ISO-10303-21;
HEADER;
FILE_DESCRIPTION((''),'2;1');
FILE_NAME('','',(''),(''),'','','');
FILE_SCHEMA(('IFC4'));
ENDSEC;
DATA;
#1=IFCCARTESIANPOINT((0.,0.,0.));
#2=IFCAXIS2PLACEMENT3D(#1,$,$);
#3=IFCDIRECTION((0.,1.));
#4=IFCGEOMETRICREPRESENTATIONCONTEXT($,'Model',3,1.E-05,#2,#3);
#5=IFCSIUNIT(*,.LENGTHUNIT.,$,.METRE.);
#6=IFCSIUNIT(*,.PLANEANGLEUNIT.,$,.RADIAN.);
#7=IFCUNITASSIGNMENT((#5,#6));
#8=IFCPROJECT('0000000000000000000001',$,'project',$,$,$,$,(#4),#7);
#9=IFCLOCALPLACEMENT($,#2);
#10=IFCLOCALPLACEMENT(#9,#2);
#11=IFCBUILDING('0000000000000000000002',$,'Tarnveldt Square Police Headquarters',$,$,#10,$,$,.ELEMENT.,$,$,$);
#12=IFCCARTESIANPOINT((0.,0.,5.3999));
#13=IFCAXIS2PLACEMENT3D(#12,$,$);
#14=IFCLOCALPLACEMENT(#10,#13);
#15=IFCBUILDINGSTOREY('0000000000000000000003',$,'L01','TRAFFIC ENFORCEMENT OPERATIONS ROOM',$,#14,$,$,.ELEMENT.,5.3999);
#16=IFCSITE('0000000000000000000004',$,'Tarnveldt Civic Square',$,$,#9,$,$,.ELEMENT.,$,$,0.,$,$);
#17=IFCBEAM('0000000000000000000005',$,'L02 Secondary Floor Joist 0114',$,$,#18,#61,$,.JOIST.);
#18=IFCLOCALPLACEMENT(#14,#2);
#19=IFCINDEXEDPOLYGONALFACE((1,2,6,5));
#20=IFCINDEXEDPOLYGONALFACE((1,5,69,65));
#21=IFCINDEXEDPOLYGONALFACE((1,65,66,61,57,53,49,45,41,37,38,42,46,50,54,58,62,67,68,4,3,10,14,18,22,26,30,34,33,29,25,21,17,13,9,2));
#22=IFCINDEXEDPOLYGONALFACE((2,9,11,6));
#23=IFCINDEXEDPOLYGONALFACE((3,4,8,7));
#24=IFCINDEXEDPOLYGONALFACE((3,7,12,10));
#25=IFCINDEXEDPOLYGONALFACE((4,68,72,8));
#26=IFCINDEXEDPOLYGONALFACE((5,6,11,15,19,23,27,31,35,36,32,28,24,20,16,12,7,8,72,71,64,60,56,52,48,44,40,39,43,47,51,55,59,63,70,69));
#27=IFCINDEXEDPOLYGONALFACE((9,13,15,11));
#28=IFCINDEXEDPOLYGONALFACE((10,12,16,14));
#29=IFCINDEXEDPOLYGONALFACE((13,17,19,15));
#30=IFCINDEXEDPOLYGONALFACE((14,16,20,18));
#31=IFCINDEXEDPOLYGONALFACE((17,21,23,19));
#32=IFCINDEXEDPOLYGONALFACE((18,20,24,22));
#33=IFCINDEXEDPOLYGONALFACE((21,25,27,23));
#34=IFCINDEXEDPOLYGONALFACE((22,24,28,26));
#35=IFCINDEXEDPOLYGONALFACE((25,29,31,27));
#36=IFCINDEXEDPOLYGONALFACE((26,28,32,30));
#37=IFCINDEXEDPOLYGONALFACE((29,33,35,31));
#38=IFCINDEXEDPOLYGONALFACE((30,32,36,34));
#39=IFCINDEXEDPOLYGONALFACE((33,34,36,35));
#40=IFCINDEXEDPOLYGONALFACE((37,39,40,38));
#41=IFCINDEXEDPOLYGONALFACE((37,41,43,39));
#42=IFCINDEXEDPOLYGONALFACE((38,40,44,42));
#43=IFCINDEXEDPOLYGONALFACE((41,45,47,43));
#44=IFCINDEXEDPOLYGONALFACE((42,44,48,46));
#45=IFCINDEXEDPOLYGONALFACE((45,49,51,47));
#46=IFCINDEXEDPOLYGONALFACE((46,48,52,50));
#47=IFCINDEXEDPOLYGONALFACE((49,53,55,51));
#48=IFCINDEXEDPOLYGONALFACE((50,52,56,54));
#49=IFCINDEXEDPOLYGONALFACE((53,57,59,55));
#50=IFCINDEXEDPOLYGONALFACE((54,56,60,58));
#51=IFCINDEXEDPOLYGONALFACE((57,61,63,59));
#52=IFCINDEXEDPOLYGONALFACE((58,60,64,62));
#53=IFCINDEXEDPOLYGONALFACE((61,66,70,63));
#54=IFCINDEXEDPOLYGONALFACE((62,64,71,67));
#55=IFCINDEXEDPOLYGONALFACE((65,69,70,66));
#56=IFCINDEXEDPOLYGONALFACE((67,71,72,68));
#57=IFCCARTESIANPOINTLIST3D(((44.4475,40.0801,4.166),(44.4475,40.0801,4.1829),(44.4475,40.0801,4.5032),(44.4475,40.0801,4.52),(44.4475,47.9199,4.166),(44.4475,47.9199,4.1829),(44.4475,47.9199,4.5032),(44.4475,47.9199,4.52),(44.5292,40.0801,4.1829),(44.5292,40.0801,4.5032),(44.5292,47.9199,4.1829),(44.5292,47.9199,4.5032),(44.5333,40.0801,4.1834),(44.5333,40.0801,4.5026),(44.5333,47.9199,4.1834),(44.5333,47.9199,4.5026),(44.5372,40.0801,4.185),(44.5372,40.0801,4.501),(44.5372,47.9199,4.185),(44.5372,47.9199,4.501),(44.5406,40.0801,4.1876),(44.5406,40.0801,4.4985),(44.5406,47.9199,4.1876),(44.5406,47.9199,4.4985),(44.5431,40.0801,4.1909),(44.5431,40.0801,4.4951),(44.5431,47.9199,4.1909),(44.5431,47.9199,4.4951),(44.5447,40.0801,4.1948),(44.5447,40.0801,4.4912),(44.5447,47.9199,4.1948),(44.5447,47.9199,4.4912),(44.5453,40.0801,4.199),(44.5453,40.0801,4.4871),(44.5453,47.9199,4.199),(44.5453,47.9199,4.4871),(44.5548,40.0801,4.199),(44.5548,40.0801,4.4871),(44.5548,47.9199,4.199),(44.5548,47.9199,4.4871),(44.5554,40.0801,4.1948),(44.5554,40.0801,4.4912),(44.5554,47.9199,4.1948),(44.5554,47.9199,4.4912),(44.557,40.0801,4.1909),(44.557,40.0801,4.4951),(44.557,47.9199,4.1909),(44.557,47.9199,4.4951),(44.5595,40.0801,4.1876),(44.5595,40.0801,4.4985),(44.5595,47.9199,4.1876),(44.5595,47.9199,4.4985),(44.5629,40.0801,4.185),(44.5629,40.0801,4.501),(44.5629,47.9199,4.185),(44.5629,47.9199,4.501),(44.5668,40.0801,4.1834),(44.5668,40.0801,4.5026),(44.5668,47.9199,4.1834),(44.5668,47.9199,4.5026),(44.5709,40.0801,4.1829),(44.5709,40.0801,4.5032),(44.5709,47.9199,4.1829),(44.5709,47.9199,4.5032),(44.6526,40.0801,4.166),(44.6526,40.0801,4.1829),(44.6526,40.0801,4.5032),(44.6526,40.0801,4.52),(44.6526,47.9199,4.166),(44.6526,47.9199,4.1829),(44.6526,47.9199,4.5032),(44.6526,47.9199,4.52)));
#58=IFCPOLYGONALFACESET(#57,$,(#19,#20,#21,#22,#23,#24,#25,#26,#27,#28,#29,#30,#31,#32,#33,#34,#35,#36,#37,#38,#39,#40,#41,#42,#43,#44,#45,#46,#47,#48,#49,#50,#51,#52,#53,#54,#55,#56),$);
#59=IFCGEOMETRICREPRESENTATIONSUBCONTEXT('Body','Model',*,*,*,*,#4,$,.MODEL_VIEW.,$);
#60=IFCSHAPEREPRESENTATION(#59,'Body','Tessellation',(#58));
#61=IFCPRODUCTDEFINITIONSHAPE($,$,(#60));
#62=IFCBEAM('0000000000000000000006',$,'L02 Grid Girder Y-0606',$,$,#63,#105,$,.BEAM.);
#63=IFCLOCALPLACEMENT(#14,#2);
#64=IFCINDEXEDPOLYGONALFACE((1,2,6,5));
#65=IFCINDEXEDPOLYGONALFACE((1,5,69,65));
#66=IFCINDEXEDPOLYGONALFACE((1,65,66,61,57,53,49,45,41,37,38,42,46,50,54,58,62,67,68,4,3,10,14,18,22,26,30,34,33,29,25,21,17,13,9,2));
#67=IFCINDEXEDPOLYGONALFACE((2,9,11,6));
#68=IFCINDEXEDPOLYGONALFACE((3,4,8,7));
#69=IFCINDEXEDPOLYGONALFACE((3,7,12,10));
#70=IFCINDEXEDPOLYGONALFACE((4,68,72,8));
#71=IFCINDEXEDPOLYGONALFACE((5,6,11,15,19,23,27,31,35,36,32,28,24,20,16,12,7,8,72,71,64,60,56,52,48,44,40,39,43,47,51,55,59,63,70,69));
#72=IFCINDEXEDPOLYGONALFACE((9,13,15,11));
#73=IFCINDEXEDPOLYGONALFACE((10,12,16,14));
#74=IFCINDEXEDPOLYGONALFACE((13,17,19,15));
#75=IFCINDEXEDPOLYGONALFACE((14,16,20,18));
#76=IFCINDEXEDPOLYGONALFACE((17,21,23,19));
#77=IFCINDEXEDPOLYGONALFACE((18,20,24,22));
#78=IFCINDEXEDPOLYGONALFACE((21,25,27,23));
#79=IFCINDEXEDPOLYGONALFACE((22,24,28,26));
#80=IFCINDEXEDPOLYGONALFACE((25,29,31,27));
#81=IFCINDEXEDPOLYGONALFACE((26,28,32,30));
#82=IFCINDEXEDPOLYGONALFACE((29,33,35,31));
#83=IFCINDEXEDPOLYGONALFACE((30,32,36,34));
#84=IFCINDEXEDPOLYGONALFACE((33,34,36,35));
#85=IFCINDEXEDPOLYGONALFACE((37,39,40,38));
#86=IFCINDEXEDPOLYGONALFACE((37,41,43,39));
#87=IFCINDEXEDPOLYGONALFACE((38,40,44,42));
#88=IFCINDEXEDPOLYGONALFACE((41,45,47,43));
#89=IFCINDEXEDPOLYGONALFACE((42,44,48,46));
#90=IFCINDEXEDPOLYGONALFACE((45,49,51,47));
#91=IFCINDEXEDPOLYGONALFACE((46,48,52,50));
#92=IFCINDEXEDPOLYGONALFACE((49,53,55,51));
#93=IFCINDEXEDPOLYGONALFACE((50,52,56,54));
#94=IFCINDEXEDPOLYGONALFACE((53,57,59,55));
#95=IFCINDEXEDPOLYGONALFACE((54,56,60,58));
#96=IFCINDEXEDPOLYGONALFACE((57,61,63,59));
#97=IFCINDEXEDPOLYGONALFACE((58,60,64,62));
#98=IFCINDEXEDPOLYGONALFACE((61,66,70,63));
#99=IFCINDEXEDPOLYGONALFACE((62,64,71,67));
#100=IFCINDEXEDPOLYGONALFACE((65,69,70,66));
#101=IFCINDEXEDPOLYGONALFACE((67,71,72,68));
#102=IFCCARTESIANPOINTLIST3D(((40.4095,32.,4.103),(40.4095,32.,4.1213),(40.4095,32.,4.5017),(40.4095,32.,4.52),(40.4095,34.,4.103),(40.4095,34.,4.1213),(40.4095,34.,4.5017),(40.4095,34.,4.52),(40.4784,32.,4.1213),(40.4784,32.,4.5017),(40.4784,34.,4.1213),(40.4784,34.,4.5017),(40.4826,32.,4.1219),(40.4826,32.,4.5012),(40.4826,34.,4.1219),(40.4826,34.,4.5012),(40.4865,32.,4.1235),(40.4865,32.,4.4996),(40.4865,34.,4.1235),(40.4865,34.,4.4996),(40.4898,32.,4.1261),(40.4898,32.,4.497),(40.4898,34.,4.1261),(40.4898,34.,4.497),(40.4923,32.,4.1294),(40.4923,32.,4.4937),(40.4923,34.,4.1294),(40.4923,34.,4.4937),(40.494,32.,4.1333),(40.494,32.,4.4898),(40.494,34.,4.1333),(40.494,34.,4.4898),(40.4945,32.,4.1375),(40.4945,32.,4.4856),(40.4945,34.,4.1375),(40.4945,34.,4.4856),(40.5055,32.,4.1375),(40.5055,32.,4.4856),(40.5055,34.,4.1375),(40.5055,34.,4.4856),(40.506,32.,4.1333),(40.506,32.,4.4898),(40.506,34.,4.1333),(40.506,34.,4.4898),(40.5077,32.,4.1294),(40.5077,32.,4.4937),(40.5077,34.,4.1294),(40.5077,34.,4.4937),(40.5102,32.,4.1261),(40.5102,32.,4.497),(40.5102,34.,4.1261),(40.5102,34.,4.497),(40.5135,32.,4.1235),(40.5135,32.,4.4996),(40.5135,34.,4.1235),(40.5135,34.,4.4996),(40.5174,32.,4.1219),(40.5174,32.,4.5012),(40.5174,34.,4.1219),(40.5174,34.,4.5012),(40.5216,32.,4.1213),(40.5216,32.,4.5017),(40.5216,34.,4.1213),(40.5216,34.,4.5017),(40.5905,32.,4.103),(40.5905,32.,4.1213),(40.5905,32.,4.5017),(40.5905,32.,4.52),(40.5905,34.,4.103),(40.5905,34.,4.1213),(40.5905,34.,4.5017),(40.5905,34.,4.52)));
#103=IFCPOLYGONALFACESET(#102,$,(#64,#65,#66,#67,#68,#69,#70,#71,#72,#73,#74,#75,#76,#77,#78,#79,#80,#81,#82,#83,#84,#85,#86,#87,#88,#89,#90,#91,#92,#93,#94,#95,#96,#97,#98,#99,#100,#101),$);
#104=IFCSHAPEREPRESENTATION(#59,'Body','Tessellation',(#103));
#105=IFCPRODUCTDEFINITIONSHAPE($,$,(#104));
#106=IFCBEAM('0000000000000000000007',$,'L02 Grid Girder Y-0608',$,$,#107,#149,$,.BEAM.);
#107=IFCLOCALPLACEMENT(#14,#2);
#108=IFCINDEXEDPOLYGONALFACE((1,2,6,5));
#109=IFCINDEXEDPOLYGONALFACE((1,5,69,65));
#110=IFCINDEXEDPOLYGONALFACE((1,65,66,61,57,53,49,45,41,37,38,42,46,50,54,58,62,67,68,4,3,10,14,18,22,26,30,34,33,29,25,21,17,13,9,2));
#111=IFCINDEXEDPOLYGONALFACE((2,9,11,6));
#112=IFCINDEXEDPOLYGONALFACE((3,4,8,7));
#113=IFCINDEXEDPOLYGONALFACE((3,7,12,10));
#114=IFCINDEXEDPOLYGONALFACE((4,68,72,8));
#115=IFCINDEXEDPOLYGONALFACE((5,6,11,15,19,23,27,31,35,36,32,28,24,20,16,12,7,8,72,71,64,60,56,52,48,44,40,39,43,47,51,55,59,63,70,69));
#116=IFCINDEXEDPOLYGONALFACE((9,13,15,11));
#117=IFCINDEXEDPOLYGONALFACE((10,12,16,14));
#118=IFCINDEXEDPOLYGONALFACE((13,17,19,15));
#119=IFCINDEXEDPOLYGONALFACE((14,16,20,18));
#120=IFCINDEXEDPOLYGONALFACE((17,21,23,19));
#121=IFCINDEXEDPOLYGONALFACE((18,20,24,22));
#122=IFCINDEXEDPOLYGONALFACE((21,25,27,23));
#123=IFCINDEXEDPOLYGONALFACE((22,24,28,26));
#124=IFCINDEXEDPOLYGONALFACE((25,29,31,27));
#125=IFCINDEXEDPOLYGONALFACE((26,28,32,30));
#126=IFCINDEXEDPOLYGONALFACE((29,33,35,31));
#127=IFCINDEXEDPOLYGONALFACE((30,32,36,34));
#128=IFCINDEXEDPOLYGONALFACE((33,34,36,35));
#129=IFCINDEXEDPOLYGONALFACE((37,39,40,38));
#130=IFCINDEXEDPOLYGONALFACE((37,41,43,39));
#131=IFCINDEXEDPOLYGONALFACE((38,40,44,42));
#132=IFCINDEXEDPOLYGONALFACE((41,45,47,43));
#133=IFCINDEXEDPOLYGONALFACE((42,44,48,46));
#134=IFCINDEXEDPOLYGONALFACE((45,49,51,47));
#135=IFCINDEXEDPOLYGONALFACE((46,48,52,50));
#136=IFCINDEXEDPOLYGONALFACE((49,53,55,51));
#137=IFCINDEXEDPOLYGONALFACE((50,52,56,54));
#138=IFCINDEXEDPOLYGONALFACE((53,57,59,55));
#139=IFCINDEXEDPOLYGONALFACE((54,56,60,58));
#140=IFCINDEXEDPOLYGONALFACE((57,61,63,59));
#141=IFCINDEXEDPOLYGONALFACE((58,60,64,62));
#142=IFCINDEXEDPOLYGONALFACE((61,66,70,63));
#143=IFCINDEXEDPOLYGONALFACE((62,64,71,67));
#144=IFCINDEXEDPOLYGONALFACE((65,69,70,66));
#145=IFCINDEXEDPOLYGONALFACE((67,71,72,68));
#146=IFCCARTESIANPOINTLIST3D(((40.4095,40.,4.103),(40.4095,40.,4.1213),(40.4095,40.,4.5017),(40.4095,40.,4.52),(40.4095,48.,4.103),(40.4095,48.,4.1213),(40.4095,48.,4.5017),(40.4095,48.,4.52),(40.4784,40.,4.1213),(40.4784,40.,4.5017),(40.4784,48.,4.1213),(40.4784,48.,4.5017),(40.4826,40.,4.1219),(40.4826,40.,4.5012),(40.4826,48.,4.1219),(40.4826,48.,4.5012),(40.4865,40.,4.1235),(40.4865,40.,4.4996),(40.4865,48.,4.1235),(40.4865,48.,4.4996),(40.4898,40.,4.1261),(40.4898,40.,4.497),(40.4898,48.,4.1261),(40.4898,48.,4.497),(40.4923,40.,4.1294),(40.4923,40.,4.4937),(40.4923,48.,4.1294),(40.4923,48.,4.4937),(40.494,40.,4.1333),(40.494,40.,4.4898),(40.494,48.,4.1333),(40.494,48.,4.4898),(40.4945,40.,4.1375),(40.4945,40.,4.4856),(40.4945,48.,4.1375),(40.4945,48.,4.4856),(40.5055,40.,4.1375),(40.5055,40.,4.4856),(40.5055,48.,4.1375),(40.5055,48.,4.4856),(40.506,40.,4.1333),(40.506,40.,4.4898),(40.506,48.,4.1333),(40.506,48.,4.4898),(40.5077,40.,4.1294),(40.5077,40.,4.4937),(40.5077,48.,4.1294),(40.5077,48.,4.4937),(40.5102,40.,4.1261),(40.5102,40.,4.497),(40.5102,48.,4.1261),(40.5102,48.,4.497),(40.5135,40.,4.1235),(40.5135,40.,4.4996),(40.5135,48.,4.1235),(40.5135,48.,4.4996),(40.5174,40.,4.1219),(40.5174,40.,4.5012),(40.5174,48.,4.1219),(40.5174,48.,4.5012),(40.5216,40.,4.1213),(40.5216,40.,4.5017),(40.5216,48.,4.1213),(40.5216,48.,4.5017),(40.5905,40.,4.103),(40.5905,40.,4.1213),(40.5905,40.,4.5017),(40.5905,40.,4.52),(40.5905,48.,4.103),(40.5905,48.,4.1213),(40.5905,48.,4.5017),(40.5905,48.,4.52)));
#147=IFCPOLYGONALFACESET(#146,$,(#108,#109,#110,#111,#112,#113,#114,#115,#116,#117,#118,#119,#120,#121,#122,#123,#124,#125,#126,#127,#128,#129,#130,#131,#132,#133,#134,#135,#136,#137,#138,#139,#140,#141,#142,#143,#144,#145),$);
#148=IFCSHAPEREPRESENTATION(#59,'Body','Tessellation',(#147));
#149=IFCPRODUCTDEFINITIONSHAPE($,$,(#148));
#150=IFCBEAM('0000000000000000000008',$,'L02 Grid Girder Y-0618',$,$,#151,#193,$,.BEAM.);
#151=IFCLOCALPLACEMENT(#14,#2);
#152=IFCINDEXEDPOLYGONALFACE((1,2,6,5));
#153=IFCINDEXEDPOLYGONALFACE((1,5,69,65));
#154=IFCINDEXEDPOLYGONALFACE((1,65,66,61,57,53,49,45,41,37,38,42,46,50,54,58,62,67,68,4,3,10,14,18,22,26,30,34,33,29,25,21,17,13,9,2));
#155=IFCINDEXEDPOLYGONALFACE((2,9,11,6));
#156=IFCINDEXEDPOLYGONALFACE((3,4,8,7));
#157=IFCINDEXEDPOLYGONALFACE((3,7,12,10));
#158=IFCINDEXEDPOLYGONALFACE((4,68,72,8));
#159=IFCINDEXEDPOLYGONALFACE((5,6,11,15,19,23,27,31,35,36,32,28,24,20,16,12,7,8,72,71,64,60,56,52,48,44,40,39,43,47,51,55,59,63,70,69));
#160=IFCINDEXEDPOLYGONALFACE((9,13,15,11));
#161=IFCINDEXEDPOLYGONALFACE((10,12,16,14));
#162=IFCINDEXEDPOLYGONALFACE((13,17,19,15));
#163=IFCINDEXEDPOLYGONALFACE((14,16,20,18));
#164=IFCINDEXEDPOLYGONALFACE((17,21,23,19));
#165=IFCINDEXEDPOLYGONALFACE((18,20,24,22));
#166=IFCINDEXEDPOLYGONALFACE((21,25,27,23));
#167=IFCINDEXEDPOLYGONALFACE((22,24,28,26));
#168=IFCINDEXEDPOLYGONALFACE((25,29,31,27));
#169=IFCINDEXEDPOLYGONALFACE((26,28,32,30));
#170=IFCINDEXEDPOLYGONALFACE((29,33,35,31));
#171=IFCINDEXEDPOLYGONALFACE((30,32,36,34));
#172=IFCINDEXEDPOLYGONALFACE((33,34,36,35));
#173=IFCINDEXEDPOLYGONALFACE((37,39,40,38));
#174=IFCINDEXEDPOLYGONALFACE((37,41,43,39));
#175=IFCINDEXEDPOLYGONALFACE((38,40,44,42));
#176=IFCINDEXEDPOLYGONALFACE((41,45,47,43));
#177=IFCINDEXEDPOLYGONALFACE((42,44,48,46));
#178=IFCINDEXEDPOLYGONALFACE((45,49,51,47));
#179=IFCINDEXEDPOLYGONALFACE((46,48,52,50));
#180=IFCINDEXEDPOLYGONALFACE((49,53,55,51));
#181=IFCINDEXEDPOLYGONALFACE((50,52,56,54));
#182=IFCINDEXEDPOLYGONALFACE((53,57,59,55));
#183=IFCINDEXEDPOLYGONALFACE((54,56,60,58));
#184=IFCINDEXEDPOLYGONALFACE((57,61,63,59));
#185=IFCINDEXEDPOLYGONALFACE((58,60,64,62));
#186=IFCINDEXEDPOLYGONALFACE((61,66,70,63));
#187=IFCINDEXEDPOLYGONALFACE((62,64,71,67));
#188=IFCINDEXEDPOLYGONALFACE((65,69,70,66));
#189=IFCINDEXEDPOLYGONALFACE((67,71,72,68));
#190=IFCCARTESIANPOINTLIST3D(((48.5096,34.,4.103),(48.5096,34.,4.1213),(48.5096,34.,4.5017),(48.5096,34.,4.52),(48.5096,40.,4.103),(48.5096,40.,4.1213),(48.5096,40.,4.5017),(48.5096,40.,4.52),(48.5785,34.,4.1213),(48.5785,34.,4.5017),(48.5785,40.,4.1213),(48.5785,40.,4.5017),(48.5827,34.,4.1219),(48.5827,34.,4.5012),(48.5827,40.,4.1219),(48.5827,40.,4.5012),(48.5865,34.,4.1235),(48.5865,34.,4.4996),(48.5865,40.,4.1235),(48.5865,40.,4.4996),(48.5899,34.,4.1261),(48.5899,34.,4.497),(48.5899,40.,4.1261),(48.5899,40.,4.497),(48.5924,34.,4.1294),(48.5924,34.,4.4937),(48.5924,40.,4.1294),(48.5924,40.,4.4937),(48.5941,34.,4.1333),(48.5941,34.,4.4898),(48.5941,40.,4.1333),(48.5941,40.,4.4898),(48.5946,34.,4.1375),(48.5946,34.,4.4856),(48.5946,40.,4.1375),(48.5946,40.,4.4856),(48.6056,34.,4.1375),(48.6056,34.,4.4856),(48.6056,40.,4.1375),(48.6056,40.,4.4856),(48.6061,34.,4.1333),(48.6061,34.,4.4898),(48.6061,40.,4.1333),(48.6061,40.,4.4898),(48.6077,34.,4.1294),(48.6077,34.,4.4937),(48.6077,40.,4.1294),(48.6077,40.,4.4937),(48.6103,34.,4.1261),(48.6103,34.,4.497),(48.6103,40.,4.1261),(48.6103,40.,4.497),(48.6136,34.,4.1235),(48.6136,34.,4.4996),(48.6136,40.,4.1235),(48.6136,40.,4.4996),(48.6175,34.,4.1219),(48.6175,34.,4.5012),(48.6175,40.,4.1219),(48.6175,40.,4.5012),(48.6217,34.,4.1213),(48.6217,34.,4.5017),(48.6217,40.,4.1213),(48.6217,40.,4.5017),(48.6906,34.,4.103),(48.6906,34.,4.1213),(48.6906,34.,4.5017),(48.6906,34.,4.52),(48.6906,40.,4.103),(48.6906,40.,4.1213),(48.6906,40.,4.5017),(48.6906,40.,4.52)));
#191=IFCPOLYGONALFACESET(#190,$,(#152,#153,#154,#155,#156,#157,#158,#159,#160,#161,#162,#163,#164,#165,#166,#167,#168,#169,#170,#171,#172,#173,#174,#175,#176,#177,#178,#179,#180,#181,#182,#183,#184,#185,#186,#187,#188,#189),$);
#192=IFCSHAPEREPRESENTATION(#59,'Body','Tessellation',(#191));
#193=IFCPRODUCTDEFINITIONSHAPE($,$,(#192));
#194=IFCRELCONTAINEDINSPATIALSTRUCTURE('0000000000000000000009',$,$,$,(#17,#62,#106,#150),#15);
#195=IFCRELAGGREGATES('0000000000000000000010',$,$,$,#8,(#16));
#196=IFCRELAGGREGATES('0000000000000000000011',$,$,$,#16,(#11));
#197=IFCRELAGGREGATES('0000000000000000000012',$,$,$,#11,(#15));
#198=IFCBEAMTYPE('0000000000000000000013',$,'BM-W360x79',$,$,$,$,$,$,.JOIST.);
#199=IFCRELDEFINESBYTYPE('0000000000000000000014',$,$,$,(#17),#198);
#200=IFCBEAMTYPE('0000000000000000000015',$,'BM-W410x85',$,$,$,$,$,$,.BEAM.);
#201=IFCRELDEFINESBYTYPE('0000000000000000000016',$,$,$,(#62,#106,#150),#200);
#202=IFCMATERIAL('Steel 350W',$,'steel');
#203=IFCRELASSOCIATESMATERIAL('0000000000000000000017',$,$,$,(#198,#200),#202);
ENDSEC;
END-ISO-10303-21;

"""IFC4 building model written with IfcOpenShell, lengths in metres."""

from ifc_helpers import new_model, si_unit, direction, frame, origin, origin_2d, place, context, subcontext, project, spatial, i_section, extrude, material, material_profile, profile_set, type_object, element, save


model = new_model("IFC4")

# Units and contexts
model_context = context("Model", 3, precision=1e-05, world=origin(), true_north=direction((0.0, 1.0)))
body_context = subcontext(model_context, "Body", "Model", "MODEL_VIEW")
ifc_project = project(units=[si_unit("LENGTHUNIT", "METRE"), si_unit("PLANEANGLEUNIT", "RADIAN")], contexts=[model_context])

# Site, building, storey
site_placement = place(None, origin())
site = spatial("IfcSite", under=ifc_project, at=site_placement, Name="Tarnveldt Civic Square", CompositionType="ELEMENT", RefElevation=0.0)
building_placement = place(site_placement, origin())
building = spatial("IfcBuilding", under=site, at=building_placement, Name="Tarnveldt Square Police Headquarters", CompositionType="ELEMENT")
storey_placement = place(building_placement, frame((0.0, 0.0, 5.3999)))
storey = spatial("IfcBuildingStorey", under=building, at=storey_placement, Name="L01", Description="TRAFFIC ENFORCEMENT OPERATIONS ROOM", CompositionType="ELEMENT", Elevation=5.3999)

# Beams
ifc_material_1 = material(Name="Steel 350W", Category="steel")
ifc_material_profile_1 = material_profile(ifc_material_1, i_section(OverallWidth=0.2051, OverallDepth=0.354, WebThickness=0.0095, FlangeThickness=0.0168, FilletRadius=0.0161, at=origin_2d()), Name="W360x79")
ifc_profile_set_1 = profile_set([ifc_material_profile_1], Name="Steel 350W")
beam_type_1 = type_object("IfcBeamType", Name="BM-W360x79", PredefinedType="JOIST", material=ifc_profile_set_1)
beam_1_placement = place(storey_placement, frame((44.55, 40.0801, 4.343), z_axis=(0.0, 1.0, 0.0), x_axis=(-1.0, 0.0, 0.0)))
element("IfcBeam", 1, at=beam_1_placement, inside=storey, type_object=beam_type_1, Name="L02 Secondary Floor Joist 0114", PredefinedType="JOIST", context=body_context, shape_type="SweptSolid", body=[
    extrude(i_section(OverallWidth=0.2051, OverallDepth=0.354, WebThickness=0.0095, FlangeThickness=0.0168, FilletRadius=0.0161, at=origin_2d()), origin(), (0.0, 0.0, 1.0), 7.8398),
])
ifc_material_profile_2 = material_profile(ifc_material_1, i_section(OverallWidth=0.1809, OverallDepth=0.417, WebThickness=0.011, FlangeThickness=0.0183, FilletRadius=0.0161, at=origin_2d()), Name="W410x85")
ifc_profile_set_2 = profile_set([ifc_material_profile_2], Name="Steel 350W")
beam_type_2 = type_object("IfcBeamType", Name="BM-W410x85", PredefinedType="BEAM", material=ifc_profile_set_2)
beam_2_placement = place(storey_placement, frame((40.5, 32.0, 4.3115), z_axis=(0.0, 1.0, 0.0), x_axis=(-1.0, 0.0, 0.0)))
element("IfcBeam", 2, at=beam_2_placement, inside=storey, type_object=beam_type_2, Name="L02 Grid Girder Y-0606", PredefinedType="BEAM", context=body_context, shape_type="SweptSolid", body=[
    extrude(i_section(OverallWidth=0.1809, OverallDepth=0.417, WebThickness=0.011, FlangeThickness=0.0183, FilletRadius=0.0161, at=origin_2d()), origin(), (0.0, 0.0, 1.0), 2.0),
])
beam_3_placement = place(storey_placement, frame((40.5, 40.0, 4.3115), z_axis=(0.0, 1.0, 0.0), x_axis=(-1.0, 0.0, 0.0)))
element("IfcBeam", 3, at=beam_3_placement, inside=storey, type_object=beam_type_2, Name="L02 Grid Girder Y-0608", PredefinedType="BEAM", context=body_context, shape_type="SweptSolid", body=[
    extrude(i_section(OverallWidth=0.1809, OverallDepth=0.417, WebThickness=0.011, FlangeThickness=0.0183, FilletRadius=0.0161, at=origin_2d()), origin(), (0.0, 0.0, 1.0), 8.0),
])
beam_4_placement = place(storey_placement, frame((48.6001, 34.0, 4.3115), z_axis=(0.0, 1.0, 0.0), x_axis=(-1.0, 0.0, 0.0)))
element("IfcBeam", 4, at=beam_4_placement, inside=storey, type_object=beam_type_2, Name="L02 Grid Girder Y-0618", PredefinedType="BEAM", context=body_context, shape_type="SweptSolid", body=[
    extrude(i_section(OverallWidth=0.1809, OverallDepth=0.417, WebThickness=0.011, FlangeThickness=0.0183, FilletRadius=0.0161, at=origin_2d()), origin(), (0.0, 0.0, 1.0), 6.0),
])

save(model, "model.ifc")
